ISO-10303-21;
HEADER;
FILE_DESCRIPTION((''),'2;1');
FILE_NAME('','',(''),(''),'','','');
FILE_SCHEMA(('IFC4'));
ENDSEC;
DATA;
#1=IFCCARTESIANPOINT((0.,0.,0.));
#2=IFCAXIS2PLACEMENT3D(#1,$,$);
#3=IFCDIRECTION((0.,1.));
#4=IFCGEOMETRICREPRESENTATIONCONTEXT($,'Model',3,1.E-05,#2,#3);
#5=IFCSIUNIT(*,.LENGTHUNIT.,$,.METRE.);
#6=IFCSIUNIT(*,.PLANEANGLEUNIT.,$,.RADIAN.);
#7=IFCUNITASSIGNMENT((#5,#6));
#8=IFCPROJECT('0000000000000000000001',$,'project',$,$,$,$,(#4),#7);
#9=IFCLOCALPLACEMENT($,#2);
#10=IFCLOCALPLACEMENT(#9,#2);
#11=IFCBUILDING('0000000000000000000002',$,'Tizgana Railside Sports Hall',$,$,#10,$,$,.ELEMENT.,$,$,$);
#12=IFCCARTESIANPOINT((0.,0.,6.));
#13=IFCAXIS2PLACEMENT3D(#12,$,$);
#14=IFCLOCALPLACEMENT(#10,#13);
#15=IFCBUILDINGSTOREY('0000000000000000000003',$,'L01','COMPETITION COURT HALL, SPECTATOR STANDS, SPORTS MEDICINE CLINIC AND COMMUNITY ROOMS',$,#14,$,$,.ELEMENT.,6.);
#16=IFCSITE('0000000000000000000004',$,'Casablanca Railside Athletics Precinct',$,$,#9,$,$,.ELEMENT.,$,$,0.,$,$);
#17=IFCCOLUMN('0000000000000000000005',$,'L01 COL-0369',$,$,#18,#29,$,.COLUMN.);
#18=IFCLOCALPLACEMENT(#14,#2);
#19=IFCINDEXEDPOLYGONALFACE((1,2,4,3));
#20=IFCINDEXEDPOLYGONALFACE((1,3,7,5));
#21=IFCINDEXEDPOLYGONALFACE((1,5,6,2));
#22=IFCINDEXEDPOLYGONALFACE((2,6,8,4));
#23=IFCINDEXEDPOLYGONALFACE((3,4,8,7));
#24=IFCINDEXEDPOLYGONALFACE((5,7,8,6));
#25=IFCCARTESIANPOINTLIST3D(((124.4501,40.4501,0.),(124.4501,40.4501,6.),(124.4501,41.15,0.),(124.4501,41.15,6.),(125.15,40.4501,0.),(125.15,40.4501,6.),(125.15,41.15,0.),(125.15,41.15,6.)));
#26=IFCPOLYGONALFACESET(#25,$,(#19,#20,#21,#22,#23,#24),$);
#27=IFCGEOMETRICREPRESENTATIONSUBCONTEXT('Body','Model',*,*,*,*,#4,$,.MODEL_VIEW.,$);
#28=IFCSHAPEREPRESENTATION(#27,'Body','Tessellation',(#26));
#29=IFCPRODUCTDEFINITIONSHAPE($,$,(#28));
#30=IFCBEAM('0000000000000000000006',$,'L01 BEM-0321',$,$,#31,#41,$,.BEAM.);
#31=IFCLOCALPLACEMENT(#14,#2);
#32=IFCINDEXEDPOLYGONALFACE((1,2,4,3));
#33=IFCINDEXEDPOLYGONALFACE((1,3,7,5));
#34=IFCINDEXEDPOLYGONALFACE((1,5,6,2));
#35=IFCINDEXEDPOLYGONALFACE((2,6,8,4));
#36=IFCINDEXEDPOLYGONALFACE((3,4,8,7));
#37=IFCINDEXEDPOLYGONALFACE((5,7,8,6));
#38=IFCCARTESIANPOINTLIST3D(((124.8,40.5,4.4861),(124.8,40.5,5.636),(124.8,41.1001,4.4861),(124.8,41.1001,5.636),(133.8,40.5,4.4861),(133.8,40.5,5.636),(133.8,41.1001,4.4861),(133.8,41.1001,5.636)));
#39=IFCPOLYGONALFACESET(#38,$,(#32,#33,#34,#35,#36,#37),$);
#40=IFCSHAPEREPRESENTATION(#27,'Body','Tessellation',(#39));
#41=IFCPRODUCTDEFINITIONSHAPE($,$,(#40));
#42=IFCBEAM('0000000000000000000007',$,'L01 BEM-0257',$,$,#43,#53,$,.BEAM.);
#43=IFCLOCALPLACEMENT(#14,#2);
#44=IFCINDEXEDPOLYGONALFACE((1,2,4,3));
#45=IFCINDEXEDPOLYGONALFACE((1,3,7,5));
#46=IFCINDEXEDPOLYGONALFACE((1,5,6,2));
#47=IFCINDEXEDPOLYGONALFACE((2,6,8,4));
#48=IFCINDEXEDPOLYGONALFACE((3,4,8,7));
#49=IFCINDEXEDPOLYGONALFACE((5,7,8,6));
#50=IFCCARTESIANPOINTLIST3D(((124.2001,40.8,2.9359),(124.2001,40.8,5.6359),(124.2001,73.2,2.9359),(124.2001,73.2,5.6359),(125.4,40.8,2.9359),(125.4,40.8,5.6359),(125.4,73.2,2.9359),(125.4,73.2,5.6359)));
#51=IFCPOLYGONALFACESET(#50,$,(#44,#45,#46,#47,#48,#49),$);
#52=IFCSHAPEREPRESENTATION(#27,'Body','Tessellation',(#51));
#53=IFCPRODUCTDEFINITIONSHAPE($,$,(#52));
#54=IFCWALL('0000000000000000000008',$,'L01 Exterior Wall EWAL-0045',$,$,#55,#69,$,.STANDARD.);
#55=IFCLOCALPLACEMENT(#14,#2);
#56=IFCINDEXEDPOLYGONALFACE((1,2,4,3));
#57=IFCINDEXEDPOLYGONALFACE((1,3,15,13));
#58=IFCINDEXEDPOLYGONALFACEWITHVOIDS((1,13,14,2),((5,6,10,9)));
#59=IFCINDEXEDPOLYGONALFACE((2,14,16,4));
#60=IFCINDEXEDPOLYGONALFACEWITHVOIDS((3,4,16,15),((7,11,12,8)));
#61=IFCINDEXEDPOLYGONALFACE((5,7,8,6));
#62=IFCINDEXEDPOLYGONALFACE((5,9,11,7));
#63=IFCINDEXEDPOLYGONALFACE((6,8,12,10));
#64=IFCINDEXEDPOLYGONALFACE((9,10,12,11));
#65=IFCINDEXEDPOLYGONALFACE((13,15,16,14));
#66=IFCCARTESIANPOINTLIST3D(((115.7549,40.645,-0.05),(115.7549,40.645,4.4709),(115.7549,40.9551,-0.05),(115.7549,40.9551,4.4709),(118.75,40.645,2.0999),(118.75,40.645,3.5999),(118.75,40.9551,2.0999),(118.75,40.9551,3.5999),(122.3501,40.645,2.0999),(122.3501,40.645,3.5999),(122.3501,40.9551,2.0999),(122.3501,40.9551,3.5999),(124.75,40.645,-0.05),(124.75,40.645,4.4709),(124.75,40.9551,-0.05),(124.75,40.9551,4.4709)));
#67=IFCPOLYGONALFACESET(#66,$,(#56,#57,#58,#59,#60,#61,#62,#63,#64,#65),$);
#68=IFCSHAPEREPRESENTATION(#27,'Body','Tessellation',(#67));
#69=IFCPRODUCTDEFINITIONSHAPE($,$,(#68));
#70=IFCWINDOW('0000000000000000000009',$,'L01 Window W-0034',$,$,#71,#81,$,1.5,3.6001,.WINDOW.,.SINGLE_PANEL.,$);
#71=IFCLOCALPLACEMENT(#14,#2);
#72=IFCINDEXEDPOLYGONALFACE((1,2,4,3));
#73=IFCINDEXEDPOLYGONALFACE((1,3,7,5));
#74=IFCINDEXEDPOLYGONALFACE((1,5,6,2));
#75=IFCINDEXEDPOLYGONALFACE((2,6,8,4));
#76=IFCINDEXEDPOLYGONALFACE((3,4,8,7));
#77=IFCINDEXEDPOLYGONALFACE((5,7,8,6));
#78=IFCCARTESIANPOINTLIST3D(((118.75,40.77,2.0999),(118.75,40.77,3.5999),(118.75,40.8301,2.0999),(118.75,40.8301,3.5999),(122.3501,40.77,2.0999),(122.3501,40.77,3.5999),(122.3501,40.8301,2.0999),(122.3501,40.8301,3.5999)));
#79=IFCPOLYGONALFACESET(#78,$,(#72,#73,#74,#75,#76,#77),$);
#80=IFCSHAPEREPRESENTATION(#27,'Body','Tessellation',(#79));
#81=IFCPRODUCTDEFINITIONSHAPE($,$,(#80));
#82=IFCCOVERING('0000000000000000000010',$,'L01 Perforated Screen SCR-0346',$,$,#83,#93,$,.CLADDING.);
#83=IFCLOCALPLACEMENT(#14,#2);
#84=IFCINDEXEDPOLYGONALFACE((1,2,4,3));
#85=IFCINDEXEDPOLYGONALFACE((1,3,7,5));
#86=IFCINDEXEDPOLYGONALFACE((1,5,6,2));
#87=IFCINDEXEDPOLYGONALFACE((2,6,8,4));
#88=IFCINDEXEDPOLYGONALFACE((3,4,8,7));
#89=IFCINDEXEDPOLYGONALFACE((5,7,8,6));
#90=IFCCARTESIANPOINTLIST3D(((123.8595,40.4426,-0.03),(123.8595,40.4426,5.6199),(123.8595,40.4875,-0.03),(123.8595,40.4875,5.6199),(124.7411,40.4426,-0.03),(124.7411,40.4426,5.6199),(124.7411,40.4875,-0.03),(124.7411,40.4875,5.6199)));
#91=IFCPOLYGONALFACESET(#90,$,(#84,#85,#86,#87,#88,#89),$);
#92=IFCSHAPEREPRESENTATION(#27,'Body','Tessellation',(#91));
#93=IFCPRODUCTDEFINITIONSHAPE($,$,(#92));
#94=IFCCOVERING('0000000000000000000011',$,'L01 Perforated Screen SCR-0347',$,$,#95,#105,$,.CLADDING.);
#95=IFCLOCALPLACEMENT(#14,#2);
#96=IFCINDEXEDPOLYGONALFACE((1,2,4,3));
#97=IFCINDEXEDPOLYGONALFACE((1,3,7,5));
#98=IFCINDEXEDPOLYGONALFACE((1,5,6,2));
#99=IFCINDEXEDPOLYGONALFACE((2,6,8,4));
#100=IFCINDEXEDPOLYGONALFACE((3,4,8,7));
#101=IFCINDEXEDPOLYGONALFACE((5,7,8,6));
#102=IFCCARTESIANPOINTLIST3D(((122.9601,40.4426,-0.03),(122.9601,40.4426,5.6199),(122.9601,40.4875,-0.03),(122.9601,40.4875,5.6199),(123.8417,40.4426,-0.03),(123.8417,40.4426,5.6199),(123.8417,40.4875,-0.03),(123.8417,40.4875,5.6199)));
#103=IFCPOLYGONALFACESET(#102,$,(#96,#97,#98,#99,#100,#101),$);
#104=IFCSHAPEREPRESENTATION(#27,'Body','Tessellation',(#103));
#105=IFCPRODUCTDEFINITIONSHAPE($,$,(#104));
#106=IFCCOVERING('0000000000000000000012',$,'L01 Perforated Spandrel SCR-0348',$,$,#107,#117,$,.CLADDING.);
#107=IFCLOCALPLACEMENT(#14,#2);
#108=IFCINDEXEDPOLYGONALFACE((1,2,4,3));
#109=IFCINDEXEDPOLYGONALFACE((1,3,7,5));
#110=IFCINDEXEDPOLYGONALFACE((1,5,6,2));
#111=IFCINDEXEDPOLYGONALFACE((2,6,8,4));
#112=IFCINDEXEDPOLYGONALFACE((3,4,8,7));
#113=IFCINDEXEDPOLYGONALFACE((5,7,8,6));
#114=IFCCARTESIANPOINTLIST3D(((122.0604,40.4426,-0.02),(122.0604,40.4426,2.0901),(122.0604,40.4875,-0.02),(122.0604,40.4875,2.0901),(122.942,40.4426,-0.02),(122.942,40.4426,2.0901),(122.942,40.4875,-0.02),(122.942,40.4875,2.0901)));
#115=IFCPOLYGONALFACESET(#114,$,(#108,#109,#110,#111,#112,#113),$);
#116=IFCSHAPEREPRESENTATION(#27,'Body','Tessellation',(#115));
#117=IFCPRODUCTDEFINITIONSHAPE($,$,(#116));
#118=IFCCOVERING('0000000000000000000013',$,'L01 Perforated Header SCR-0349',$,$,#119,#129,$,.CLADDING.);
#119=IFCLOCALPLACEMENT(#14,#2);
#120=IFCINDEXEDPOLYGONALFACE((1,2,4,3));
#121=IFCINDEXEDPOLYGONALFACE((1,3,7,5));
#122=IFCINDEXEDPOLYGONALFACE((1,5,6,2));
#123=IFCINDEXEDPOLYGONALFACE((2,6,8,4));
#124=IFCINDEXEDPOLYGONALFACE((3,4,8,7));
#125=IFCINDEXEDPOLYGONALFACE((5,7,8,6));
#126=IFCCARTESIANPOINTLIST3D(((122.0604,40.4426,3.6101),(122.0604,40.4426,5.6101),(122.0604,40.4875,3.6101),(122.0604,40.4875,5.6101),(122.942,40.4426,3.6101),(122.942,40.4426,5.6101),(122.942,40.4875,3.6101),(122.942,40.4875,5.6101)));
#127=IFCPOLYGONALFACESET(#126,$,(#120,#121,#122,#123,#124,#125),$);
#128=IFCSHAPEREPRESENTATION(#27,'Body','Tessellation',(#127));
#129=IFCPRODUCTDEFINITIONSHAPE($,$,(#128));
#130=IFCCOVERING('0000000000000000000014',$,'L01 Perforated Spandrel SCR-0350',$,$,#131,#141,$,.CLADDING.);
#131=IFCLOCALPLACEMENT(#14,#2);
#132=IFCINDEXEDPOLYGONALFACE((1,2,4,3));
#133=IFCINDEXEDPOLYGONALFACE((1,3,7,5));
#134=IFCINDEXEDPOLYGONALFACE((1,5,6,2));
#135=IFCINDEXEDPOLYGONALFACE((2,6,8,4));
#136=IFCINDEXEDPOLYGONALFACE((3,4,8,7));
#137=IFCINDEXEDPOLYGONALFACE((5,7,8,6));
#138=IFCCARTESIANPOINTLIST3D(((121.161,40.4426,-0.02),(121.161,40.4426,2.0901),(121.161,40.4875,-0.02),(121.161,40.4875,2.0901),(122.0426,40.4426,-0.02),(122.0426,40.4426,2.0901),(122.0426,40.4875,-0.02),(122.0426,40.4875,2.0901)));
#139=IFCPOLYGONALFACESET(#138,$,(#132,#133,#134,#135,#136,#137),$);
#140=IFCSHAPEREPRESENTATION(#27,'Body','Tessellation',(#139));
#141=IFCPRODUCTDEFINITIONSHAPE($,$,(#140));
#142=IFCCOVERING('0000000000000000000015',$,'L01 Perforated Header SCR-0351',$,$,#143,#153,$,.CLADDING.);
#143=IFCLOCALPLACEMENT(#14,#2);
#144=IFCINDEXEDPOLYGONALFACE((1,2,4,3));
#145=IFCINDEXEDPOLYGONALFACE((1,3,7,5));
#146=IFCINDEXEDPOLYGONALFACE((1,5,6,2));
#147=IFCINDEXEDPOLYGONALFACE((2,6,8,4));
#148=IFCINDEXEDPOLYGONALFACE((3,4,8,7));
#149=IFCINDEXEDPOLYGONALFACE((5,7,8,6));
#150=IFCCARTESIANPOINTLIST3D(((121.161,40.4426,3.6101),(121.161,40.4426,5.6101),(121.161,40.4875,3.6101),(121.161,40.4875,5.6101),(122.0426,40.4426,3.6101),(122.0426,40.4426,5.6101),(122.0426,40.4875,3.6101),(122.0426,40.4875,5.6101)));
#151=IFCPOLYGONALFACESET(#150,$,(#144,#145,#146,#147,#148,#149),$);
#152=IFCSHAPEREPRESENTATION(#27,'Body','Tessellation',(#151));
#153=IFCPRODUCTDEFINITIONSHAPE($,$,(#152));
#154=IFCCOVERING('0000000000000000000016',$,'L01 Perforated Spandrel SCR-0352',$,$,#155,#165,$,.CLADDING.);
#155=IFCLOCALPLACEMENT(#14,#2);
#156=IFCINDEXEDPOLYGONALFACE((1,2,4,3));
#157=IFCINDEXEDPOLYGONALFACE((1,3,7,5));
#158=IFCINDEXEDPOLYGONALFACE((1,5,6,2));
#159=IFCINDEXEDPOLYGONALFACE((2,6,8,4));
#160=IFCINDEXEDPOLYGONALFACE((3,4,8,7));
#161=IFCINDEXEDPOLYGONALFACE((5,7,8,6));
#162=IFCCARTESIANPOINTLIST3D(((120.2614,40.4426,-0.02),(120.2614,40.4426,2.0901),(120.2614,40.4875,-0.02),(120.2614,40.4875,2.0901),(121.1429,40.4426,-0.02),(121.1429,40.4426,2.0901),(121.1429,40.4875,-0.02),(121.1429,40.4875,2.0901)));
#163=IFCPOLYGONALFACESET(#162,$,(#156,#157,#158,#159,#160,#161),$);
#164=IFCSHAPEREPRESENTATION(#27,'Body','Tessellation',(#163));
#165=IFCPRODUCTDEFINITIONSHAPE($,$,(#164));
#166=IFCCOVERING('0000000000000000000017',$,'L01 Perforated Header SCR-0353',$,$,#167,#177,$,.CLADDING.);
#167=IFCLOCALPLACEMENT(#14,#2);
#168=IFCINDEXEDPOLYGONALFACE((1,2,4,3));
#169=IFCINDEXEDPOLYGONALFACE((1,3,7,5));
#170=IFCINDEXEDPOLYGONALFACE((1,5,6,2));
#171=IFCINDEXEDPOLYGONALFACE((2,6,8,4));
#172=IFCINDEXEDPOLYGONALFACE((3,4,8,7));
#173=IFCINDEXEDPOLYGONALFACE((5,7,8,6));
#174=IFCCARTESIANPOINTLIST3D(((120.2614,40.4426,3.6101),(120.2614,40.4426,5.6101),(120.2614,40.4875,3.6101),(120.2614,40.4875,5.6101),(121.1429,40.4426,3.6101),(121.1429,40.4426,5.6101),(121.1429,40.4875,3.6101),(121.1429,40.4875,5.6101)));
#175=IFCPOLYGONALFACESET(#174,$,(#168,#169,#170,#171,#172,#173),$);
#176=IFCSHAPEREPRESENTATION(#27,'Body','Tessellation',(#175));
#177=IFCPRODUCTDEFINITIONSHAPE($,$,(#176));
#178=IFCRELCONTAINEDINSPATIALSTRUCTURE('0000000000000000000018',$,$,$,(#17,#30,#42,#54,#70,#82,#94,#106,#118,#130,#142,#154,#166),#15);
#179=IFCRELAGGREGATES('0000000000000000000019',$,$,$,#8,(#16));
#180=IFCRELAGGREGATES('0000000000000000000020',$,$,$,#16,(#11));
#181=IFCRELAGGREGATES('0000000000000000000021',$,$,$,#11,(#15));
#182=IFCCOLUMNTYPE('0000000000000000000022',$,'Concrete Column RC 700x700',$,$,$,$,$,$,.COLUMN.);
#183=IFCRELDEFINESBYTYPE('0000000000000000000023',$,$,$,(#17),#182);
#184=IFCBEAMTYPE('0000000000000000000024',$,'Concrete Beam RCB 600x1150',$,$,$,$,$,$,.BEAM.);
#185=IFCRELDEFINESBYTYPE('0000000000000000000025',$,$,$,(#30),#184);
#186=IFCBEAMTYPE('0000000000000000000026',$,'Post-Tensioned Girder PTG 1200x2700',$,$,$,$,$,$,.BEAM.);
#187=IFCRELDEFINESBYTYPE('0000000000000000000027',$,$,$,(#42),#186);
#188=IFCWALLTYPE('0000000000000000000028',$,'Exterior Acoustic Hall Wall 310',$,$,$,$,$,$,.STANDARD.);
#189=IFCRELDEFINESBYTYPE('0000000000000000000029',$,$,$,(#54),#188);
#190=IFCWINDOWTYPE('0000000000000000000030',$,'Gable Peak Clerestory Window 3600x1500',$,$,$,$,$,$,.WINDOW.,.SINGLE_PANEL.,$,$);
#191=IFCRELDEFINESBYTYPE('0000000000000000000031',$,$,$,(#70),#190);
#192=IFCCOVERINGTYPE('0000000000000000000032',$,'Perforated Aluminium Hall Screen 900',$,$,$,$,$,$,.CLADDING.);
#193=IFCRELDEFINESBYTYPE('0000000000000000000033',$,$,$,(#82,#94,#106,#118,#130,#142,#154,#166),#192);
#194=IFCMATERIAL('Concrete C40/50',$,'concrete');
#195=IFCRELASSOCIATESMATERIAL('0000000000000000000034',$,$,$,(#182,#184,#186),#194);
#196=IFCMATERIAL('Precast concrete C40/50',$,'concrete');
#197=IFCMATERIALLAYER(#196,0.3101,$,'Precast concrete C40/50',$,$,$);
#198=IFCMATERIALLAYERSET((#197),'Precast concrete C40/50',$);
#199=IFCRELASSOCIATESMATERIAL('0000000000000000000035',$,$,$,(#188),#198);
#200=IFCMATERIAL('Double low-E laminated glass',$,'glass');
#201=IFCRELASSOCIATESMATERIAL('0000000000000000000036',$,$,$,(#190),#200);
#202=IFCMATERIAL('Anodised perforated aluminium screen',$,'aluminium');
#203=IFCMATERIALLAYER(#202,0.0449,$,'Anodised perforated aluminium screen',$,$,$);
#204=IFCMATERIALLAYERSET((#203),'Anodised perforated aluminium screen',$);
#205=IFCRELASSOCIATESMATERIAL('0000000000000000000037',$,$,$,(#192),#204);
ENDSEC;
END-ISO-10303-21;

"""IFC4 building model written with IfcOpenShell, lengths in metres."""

from ifc_helpers import new_model, si_unit, direction, frame, frame_2d, origin, origin_2d, place, context, subcontext, project, spatial, rectangle, extrude, material, layer, layer_set, material_profile, profile_set, type_object, element, fill, save


model = new_model("IFC4")

# Units and contexts
model_context = context("Model", 3, precision=1e-05, world=origin(), true_north=direction((0.0, 1.0)))
body_context = subcontext(model_context, "Body", "Model", "MODEL_VIEW")
ifc_project = project(units=[si_unit("LENGTHUNIT", "METRE"), si_unit("PLANEANGLEUNIT", "RADIAN")], contexts=[model_context])

# Site, building, storey
site_placement = place(None, origin())
site = spatial("IfcSite", under=ifc_project, at=site_placement, Name="Casablanca Railside Athletics Precinct", CompositionType="ELEMENT", RefElevation=0.0)
building_placement = place(site_placement, origin())
building = spatial("IfcBuilding", under=site, at=building_placement, Name="Tizgana Railside Sports Hall", CompositionType="ELEMENT")
storey_placement = place(building_placement, frame((0.0, 0.0, 6.0)))
storey = spatial("IfcBuildingStorey", under=building, at=storey_placement, Name="L01", Description="COMPETITION COURT HALL, SPECTATOR STANDS, SPORTS MEDICINE CLINIC AND COMMUNITY ROOMS", CompositionType="ELEMENT", Elevation=6.0)

# Column
ifc_material_1 = material(Name="Concrete C40/50", Category="concrete")
ifc_material_profile_1 = material_profile(ifc_material_1, rectangle(XDim=0.7, YDim=0.7, at=origin_2d()), Name="RC 700x700")
ifc_profile_set_1 = profile_set([ifc_material_profile_1], Name="Concrete C40/50")
column_type = type_object("IfcColumnType", Name="Concrete Column RC 700x700", PredefinedType="COLUMN", material=ifc_profile_set_1)
column_placement = place(storey_placement, frame((124.8, 40.8, 0.0), z_axis=(0.0, 0.0, 1.0), x_axis=(1.0, 0.0, 0.0)))
element("IfcColumn", 1, at=column_placement, inside=storey, type_object=column_type, Name="L01 COL-0369", PredefinedType="COLUMN", context=body_context, shape_type="SweptSolid", body=[
    extrude(rectangle(XDim=0.7, YDim=0.7, at=origin_2d()), origin(), (0.0, 0.0, 1.0), 6.0),
])

# Beams
ifc_material_profile_2 = material_profile(ifc_material_1, rectangle(XDim=0.6001, YDim=1.1499, at=origin_2d()), Name="RCB 600x1150")
ifc_profile_set_2 = profile_set([ifc_material_profile_2], Name="Concrete C40/50")
beam_type_1 = type_object("IfcBeamType", Name="Concrete Beam RCB 600x1150", PredefinedType="BEAM", material=ifc_profile_set_2)
beam_1_placement = place(storey_placement, frame((124.8, 40.8, 5.061), z_axis=(1.0, 0.0, 0.0), x_axis=(0.0, 1.0, 0.0)))
element("IfcBeam", 2, at=beam_1_placement, inside=storey, type_object=beam_type_1, Name="L01 BEM-0321", PredefinedType="BEAM", context=body_context, shape_type="SweptSolid", body=[
    extrude(rectangle(XDim=0.6001, YDim=1.1499, at=origin_2d()), origin(), (0.0, 0.0, 1.0), 9.0),
])
ifc_material_profile_3 = material_profile(ifc_material_1, rectangle(XDim=1.2, YDim=2.7, at=origin_2d()), Name="PTG 1200x2700")
ifc_profile_set_3 = profile_set([ifc_material_profile_3], Name="Concrete C40/50")
beam_type_2 = type_object("IfcBeamType", Name="Post-Tensioned Girder PTG 1200x2700", PredefinedType="BEAM", material=ifc_profile_set_3)
beam_2_placement = place(storey_placement, frame((124.8, 40.8, 4.2859), z_axis=(0.0, 1.0, 0.0), x_axis=(-1.0, 0.0, 0.0)))
element("IfcBeam", 3, at=beam_2_placement, inside=storey, type_object=beam_type_2, Name="L01 BEM-0257", PredefinedType="BEAM", context=body_context, shape_type="SweptSolid", body=[
    extrude(rectangle(XDim=1.2, YDim=2.7, at=origin_2d()), origin(), (0.0, 0.0, 1.0), 32.3999),
])

# Wall, opening, window
ifc_material_2 = material(Name="Precast concrete C40/50", Category="concrete")
ifc_layer_1 = layer(ifc_material_2, 0.3101, Name="Precast concrete C40/50")
ifc_layer_set_1 = layer_set([ifc_layer_1], Name="Precast concrete C40/50")
wall_type = type_object("IfcWallType", Name="Exterior Acoustic Hall Wall 310", PredefinedType="STANDARD", material=ifc_layer_set_1)
wall_placement = place(storey_placement, frame((124.75, 40.8, -0.05), z_axis=(0.0, 0.0, 1.0), x_axis=(-1.0, 0.0, 0.0)))
wall = element("IfcWall", 4, at=wall_placement, inside=storey, type_object=wall_type, Name="L01 Exterior Wall EWAL-0045", PredefinedType="STANDARD", context=body_context, shape_type="SweptSolid", body=[
    extrude(rectangle(XDim=8.9951, YDim=0.3101, at=frame_2d((4.4976, 0.0))), origin(), (0.0, 0.0, 1.0), 4.521),
])
opening_placement = place(wall_placement, frame((2.3999, 0.0, 2.1499)))
opening = element("IfcOpeningElement", 5, at=opening_placement, cuts=wall, PredefinedType="OPENING", context=body_context, shape_type="SweptSolid", body=[
    extrude(rectangle(XDim=3.6001, YDim=1.5, at=frame_2d((1.8, 0.75))), frame((0.0, 0.165, 0.0), z_axis=(0.0, -1.0, 0.0), x_axis=(1.0, 0.0, 0.0)), (0.0, 0.0, 1.0), 0.3301),
])
ifc_material_3 = material(Name="Double low-E laminated glass", Category="glass")
window_type = type_object("IfcWindowType", Name="Gable Peak Clerestory Window 3600x1500", PartitioningType="SINGLE_PANEL", PredefinedType="WINDOW", material=ifc_material_3)
window_placement = place(opening_placement, origin())
window = element("IfcWindow", 6, at=window_placement, inside=storey, type_object=window_type, Name="L01 Window W-0034", OverallHeight=1.5, OverallWidth=3.6001, PartitioningType="SINGLE_PANEL", PredefinedType="WINDOW", context=body_context, shape_type="SweptSolid", body=[
    extrude(rectangle(XDim=3.6001, YDim=1.5, at=frame_2d((1.8, 0.75))), frame((0.0, 0.03, 0.0), z_axis=(0.0, -1.0, 0.0), x_axis=(1.0, 0.0, 0.0)), (0.0, 0.0, 1.0), 0.0601),
])
fill(opening, window)

# Coverings
ifc_material_4 = material(Name="Anodised perforated aluminium screen", Category="aluminium")
ifc_layer_2 = layer(ifc_material_4, 0.0449, Name="Anodised perforated aluminium screen")
ifc_layer_set_2 = layer_set([ifc_layer_2], Name="Anodised perforated aluminium screen")
covering_type = type_object("IfcCoveringType", Name="Perforated Aluminium Hall Screen 900", PredefinedType="CLADDING", material=ifc_layer_set_2)
for number, where, z_axis, x_axis, name in (
    (7, (124.3003, 40.4651, -0.03), (0.0, 0.0, 1.0), (-1.0, 0.0, 0.0), "L01 Perforated Screen SCR-0346"),
    (8, (123.4009, 40.4651, -0.03), (0.0, 0.0, 1.0), (-1.0, 0.0, 0.0), "L01 Perforated Screen SCR-0347"),
):
    element("IfcCovering", number, at=place(storey_placement, frame(where, z_axis=z_axis, x_axis=x_axis)), inside=storey, type_object=covering_type, Name=name, PredefinedType="CLADDING", context=body_context, shape_type="SweptSolid", body=[
        extrude(rectangle(XDim=0.8816, YDim=0.0449, at=origin_2d()), origin(), (0.0, 0.0, 1.0), 5.6499),
    ])
covering_1_placement = place(storey_placement, frame((122.5012, 40.4651, -0.02), z_axis=(0.0, 0.0, 1.0), x_axis=(-1.0, 0.0, 0.0)))
element("IfcCovering", 9, at=covering_1_placement, inside=storey, type_object=covering_type, Name="L01 Perforated Spandrel SCR-0348", PredefinedType="CLADDING", context=body_context, shape_type="SweptSolid", body=[
    extrude(rectangle(XDim=0.8816, YDim=0.0449, at=origin_2d()), origin(), (0.0, 0.0, 1.0), 2.1101),
])
covering_2_placement = place(storey_placement, frame((122.5012, 40.4651, 3.6101), z_axis=(0.0, 0.0, 1.0), x_axis=(-1.0, 0.0, 0.0)))
element("IfcCovering", 10, at=covering_2_placement, inside=storey, type_object=covering_type, Name="L01 Perforated Header SCR-0349", PredefinedType="CLADDING", context=body_context, shape_type="SweptSolid", body=[
    extrude(rectangle(XDim=0.8816, YDim=0.0449, at=origin_2d()), origin(), (0.0, 0.0, 1.0), 2.0),
])
covering_3_placement = place(storey_placement, frame((121.6018, 40.4651, -0.02), z_axis=(0.0, 0.0, 1.0), x_axis=(-1.0, 0.0, 0.0)))
element("IfcCovering", 11, at=covering_3_placement, inside=storey, type_object=covering_type, Name="L01 Perforated Spandrel SCR-0350", PredefinedType="CLADDING", context=body_context, shape_type="SweptSolid", body=[
    extrude(rectangle(XDim=0.8816, YDim=0.0449, at=origin_2d()), origin(), (0.0, 0.0, 1.0), 2.1101),
])
covering_4_placement = place(storey_placement, frame((121.6018, 40.4651, 3.6101), z_axis=(0.0, 0.0, 1.0), x_axis=(-1.0, 0.0, 0.0)))
element("IfcCovering", 12, at=covering_4_placement, inside=storey, type_object=covering_type, Name="L01 Perforated Header SCR-0351", PredefinedType="CLADDING", context=body_context, shape_type="SweptSolid", body=[
    extrude(rectangle(XDim=0.8816, YDim=0.0449, at=origin_2d()), origin(), (0.0, 0.0, 1.0), 2.0),
])
covering_5_placement = place(storey_placement, frame((120.7021, 40.4651, -0.02), z_axis=(0.0, 0.0, 1.0), x_axis=(-1.0, 0.0, 0.0)))
element("IfcCovering", 13, at=covering_5_placement, inside=storey, type_object=covering_type, Name="L01 Perforated Spandrel SCR-0352", PredefinedType="CLADDING", context=body_context, shape_type="SweptSolid", body=[
    extrude(rectangle(XDim=0.8816, YDim=0.0449, at=origin_2d()), origin(), (0.0, 0.0, 1.0), 2.1101),
])
covering_6_placement = place(storey_placement, frame((120.7021, 40.4651, 3.6101), z_axis=(0.0, 0.0, 1.0), x_axis=(-1.0, 0.0, 0.0)))
element("IfcCovering", 14, at=covering_6_placement, inside=storey, type_object=covering_type, Name="L01 Perforated Header SCR-0353", PredefinedType="CLADDING", context=body_context, shape_type="SweptSolid", body=[
    extrude(rectangle(XDim=0.8816, YDim=0.0449, at=origin_2d()), origin(), (0.0, 0.0, 1.0), 2.0),
])

save(model, "model.ifc")
